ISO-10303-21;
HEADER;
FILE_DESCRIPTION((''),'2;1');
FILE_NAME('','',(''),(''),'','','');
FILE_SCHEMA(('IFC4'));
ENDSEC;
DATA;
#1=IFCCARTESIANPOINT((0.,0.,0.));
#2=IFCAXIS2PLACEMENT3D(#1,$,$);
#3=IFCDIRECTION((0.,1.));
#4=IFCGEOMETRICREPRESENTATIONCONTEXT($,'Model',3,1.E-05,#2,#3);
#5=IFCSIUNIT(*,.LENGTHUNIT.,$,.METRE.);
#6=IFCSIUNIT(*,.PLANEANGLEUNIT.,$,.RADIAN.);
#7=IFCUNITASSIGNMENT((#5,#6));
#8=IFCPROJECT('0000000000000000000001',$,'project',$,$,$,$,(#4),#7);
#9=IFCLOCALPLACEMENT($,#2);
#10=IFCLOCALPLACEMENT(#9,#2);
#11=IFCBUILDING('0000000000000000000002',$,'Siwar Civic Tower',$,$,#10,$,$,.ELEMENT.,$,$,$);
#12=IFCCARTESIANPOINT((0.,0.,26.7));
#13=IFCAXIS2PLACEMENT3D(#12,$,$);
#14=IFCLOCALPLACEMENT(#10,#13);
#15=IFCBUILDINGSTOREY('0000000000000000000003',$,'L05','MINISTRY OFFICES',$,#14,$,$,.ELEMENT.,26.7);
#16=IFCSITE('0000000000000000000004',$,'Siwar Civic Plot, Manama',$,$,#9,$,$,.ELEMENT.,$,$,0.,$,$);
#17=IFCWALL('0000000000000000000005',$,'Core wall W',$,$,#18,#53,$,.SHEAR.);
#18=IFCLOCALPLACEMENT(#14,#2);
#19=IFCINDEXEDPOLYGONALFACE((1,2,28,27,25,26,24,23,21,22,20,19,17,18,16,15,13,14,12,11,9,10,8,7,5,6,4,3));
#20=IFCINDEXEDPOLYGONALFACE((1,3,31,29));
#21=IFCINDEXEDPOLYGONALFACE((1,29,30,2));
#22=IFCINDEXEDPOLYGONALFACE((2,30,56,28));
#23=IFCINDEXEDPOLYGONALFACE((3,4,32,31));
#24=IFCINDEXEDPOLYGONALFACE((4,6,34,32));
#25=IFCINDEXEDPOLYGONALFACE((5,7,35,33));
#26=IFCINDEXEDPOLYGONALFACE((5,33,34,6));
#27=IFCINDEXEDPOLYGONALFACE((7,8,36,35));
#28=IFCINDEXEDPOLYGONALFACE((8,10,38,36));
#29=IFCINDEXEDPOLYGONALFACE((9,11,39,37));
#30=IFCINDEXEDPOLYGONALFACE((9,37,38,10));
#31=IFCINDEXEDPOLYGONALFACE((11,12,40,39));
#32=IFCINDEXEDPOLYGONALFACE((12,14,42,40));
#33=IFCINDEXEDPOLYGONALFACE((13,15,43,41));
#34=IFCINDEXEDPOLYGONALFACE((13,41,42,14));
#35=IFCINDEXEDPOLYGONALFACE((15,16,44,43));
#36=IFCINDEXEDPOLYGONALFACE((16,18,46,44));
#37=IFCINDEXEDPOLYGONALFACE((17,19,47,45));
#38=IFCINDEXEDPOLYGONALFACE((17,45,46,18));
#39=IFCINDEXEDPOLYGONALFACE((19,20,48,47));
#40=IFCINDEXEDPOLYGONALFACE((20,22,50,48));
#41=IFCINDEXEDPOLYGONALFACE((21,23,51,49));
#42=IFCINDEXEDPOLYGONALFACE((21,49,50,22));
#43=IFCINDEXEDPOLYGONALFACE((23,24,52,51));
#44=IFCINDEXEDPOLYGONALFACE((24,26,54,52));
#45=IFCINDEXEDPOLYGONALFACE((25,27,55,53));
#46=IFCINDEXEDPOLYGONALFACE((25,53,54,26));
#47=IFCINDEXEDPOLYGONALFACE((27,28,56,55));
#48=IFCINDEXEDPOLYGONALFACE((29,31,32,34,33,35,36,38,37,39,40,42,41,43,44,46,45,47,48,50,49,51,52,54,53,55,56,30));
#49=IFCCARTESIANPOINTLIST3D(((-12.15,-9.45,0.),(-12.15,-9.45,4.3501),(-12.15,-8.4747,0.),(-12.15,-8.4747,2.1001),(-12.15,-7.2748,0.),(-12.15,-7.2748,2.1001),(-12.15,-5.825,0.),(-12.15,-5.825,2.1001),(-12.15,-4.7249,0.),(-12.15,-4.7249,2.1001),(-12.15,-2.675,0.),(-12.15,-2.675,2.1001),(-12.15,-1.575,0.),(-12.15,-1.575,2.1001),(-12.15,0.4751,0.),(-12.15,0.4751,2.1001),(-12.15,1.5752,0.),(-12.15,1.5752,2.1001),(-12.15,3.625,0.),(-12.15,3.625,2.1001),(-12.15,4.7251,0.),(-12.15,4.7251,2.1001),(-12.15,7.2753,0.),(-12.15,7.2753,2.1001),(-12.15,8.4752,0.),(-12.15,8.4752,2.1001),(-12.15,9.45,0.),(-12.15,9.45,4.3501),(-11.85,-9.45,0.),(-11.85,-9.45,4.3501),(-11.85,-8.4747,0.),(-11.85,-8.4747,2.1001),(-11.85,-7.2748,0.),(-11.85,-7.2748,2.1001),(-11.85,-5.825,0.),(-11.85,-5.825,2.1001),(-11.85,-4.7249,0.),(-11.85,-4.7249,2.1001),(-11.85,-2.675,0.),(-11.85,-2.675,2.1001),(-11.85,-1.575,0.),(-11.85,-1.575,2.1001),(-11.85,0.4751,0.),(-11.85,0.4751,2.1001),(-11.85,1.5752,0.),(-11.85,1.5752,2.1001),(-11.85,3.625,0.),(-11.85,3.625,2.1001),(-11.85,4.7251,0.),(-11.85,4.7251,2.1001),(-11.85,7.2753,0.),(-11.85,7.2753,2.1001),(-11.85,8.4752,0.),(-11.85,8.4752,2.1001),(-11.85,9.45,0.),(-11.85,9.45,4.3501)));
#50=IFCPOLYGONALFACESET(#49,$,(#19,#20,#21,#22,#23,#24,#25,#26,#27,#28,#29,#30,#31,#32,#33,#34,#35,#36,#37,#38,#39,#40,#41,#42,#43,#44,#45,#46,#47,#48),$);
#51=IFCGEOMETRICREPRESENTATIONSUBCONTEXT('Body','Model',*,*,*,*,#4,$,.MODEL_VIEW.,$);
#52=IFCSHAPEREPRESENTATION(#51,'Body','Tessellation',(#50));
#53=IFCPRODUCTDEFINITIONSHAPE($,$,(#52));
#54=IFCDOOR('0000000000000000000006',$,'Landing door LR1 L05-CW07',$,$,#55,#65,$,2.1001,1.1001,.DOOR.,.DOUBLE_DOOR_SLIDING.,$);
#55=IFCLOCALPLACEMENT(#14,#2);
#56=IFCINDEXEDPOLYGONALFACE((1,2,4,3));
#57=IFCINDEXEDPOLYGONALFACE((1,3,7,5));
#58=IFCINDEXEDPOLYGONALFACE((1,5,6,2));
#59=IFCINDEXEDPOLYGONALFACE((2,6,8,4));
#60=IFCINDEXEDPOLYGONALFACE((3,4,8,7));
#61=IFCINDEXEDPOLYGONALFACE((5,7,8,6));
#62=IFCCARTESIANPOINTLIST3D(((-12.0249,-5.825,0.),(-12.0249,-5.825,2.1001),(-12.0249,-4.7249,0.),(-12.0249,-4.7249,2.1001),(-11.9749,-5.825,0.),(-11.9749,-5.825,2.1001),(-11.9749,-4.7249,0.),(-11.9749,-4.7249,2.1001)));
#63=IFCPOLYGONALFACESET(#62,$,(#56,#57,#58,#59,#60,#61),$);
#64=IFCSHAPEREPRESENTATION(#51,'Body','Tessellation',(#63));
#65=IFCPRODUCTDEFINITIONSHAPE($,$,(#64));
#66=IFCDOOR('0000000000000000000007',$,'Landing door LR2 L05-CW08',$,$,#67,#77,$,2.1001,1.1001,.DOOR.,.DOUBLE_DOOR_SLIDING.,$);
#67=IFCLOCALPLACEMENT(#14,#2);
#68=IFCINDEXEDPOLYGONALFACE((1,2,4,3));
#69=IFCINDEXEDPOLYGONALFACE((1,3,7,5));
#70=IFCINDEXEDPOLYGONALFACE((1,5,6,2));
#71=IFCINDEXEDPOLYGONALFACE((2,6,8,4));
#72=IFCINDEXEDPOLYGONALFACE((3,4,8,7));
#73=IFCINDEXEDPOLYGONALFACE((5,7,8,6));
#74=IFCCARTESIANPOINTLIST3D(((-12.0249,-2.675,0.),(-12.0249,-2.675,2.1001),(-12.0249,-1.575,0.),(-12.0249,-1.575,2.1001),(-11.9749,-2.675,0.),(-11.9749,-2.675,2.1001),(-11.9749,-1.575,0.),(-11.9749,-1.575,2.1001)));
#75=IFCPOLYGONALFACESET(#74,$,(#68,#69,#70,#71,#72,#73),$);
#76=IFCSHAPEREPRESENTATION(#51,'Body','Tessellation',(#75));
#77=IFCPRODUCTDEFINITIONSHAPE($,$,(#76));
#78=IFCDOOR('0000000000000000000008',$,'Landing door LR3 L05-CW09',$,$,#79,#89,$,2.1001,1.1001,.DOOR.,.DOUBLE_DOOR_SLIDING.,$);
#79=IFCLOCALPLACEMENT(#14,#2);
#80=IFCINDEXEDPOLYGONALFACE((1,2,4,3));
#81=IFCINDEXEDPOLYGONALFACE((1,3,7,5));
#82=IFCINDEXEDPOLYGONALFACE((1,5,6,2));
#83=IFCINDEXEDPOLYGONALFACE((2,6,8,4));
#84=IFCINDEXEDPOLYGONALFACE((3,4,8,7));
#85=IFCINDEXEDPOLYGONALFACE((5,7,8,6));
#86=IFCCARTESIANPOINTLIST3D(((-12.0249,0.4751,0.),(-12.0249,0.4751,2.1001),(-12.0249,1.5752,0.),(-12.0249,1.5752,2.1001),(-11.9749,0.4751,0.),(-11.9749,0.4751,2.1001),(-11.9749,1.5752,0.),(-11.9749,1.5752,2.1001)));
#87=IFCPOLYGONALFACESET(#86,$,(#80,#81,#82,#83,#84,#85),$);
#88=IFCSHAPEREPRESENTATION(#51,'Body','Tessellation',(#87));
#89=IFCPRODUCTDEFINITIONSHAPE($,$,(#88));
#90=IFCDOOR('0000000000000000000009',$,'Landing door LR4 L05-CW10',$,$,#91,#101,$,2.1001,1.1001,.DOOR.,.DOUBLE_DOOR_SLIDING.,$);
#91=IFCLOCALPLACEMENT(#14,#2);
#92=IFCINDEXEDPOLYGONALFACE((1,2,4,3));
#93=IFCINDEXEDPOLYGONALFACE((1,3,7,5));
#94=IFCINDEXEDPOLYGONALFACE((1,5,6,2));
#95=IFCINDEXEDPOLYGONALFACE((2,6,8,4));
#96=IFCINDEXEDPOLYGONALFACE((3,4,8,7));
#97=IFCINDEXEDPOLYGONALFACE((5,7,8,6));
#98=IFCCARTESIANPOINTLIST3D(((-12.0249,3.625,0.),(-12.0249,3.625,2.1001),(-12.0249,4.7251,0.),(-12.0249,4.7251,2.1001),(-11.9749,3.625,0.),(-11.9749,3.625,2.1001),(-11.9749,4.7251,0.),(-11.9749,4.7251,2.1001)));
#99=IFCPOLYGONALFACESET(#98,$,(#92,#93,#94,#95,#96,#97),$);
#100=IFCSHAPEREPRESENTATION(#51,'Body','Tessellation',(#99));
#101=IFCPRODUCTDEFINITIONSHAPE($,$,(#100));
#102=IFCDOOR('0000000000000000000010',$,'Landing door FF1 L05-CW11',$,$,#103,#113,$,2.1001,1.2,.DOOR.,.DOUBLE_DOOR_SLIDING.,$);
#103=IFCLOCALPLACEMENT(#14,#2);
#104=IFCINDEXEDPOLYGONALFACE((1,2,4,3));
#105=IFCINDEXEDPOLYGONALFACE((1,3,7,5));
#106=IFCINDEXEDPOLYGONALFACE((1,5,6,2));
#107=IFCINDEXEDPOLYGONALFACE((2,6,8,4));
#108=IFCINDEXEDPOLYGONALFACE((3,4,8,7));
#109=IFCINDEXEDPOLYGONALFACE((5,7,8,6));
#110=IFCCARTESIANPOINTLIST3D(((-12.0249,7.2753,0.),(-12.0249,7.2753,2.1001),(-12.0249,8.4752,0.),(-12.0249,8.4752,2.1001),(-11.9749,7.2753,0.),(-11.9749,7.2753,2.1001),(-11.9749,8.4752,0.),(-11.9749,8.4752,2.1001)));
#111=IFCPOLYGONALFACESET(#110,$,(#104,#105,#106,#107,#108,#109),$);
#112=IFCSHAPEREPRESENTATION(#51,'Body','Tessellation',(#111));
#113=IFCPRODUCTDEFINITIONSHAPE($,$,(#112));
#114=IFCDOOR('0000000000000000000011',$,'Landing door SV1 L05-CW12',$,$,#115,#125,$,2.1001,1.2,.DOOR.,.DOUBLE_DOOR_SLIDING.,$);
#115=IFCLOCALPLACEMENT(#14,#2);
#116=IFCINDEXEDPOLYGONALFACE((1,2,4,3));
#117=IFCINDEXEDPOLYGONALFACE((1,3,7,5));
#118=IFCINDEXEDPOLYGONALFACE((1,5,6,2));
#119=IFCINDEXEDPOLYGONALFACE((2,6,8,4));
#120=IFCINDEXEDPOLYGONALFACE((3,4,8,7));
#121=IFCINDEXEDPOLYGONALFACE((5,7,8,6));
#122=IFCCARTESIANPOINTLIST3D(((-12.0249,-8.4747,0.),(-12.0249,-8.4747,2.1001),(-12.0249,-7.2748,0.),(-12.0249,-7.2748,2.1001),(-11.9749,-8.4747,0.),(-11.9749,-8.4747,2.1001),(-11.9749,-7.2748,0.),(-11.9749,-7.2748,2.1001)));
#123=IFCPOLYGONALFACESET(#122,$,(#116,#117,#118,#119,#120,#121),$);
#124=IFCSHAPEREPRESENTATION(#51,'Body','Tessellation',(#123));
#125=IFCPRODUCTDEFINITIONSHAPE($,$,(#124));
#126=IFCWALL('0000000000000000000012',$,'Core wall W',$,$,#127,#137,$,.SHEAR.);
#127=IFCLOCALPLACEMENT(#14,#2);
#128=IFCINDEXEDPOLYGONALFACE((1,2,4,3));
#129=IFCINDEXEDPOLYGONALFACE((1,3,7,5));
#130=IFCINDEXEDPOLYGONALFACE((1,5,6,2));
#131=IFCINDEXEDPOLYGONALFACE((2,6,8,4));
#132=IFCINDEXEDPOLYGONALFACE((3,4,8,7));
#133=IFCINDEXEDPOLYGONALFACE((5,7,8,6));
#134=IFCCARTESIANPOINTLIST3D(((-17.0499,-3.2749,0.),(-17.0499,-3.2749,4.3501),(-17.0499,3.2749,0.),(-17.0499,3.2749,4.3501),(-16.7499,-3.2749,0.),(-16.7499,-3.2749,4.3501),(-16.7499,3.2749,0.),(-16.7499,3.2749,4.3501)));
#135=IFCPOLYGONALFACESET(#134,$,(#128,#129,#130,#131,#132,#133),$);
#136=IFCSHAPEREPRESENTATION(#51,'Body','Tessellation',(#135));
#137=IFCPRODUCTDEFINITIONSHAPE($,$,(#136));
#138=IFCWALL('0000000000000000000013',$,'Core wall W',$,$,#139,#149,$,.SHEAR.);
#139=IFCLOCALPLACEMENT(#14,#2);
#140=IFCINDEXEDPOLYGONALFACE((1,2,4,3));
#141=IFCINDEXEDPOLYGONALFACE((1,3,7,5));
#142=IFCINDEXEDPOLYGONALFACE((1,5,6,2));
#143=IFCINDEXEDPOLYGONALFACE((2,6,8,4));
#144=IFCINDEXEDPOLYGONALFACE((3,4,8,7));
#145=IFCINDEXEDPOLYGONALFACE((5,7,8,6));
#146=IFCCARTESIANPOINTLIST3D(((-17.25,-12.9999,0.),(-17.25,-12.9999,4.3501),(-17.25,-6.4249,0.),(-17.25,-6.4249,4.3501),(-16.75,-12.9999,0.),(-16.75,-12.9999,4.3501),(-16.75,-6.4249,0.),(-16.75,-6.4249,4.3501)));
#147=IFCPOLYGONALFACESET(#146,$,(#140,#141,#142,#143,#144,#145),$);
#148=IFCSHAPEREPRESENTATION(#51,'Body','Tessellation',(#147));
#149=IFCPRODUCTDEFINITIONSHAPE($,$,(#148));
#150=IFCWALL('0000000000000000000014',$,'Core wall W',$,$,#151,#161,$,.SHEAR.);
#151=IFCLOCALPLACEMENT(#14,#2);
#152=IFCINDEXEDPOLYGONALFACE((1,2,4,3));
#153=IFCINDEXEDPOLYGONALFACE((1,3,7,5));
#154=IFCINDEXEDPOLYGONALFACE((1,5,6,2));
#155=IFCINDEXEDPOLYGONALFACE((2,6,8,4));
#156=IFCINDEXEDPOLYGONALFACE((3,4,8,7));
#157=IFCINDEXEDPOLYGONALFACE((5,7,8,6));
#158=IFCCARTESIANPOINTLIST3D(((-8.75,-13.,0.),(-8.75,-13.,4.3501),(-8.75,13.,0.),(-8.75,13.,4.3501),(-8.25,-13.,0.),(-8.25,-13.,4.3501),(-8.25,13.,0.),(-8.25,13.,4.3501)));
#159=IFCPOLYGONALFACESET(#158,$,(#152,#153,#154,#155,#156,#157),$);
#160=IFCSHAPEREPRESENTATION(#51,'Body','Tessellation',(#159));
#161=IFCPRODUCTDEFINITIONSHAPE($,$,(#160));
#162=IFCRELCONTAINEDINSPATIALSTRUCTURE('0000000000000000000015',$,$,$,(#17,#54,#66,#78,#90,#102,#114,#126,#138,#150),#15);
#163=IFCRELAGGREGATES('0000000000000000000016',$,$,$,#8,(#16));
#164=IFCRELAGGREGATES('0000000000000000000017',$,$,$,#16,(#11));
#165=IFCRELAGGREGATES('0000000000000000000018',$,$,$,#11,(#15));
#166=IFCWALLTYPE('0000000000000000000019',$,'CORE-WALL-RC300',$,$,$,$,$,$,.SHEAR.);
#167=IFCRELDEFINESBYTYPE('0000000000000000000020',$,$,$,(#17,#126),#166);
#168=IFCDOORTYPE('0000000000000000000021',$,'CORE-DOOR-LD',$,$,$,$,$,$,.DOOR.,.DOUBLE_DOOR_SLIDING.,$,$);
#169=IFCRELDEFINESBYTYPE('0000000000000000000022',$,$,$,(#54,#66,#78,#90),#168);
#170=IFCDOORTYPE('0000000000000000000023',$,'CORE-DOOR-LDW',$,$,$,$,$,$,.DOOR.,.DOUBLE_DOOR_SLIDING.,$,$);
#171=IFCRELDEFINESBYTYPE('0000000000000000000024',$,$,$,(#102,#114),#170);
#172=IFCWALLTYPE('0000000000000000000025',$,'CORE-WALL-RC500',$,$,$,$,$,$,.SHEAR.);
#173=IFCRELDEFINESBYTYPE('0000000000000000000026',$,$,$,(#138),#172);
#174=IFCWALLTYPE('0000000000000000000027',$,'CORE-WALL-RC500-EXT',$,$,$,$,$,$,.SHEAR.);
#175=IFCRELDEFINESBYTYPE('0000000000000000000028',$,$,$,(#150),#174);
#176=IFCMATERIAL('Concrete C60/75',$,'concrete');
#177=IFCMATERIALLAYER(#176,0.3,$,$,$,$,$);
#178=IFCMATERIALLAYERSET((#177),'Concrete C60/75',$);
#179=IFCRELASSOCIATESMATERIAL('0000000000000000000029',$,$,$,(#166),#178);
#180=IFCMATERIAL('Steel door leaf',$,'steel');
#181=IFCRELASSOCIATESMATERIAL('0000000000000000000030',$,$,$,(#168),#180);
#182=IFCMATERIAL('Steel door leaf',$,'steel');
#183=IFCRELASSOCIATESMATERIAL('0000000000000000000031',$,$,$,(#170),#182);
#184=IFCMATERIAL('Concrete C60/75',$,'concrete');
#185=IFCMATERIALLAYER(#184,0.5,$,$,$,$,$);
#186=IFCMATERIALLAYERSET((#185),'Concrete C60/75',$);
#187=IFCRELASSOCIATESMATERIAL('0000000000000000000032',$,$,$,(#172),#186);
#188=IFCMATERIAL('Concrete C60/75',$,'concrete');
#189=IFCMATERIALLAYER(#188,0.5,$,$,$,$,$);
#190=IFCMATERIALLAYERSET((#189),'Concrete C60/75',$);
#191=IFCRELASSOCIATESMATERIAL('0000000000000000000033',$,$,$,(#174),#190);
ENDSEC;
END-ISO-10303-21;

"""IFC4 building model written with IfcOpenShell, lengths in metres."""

from ifc_helpers import new_model, si_unit, direction, frame, frame_2d, origin, place, context, subcontext, project, spatial, rectangle, extrude, material, layer, layer_set, type_object, element, fill, save


model = new_model("IFC4")

# Units and contexts
model_context = context("Model", 3, precision=1e-05, world=origin(), true_north=direction((0.0, 1.0)))
body_context = subcontext(model_context, "Body", "Model", "MODEL_VIEW")
ifc_project = project(units=[si_unit("LENGTHUNIT", "METRE"), si_unit("PLANEANGLEUNIT", "RADIAN")], contexts=[model_context])

# Site, building, storey
site_placement = place(None, origin())
site = spatial("IfcSite", under=ifc_project, at=site_placement, Name="Siwar Civic Plot, Manama", CompositionType="ELEMENT", RefElevation=0.0)
building_placement = place(site_placement, origin())
building = spatial("IfcBuilding", under=site, at=building_placement, Name="Siwar Civic Tower", CompositionType="ELEMENT")
storey_placement = place(building_placement, frame((0.0, 0.0, 26.7)))
storey = spatial("IfcBuildingStorey", under=building, at=storey_placement, Name="L05", Description="MINISTRY OFFICES", CompositionType="ELEMENT", Elevation=26.7)

# Wall, openings, doors
ifc_material_1 = material(Name="Concrete C60/75", Category="concrete")
ifc_layer_1 = layer(ifc_material_1, 0.3)
ifc_layer_set_1 = layer_set([ifc_layer_1], Name="Concrete C60/75")
wall_type_1 = type_object("IfcWallType", Name="CORE-WALL-RC300", PredefinedType="SHEAR", material=ifc_layer_set_1)
wall_1_placement = place(storey_placement, frame((-12.0, -9.45, 0.0), z_axis=(0.0, 0.0, 1.0), x_axis=(0.0, 1.0, 0.0)))
wall_1 = element("IfcWall", 1, at=wall_1_placement, inside=storey, type_object=wall_type_1, Name="Core wall W", PredefinedType="SHEAR", context=body_context, shape_type="SweptSolid", body=[
    extrude(rectangle(XDim=18.8999, YDim=0.3, at=frame_2d((9.45, 0.0))), origin(), (0.0, 0.0, 1.0), 4.3501),
])
opening_1_placement = place(wall_1_placement, frame((3.625, 0.0, 0.0)))
opening_1 = element("IfcOpeningElement", 2, at=opening_1_placement, cuts=wall_1, PredefinedType="OPENING", context=body_context, shape_type="SweptSolid", body=[
    extrude(rectangle(XDim=1.1001, YDim=2.1001, at=frame_2d((0.55, 1.05))), frame((0.0, 0.1602, 0.0), z_axis=(0.0, -1.0, 0.0), x_axis=(1.0, 0.0, 0.0)), (0.0, 0.0, 1.0), 0.3201),
])
opening_2_placement = place(wall_1_placement, frame((6.7749, 0.0, 0.0)))
opening_2 = element("IfcOpeningElement", 3, at=opening_2_placement, cuts=wall_1, PredefinedType="OPENING", context=body_context, shape_type="SweptSolid", body=[
    extrude(rectangle(XDim=1.1001, YDim=2.1001, at=frame_2d((0.55, 1.05))), frame((0.0, 0.1602, 0.0), z_axis=(0.0, -1.0, 0.0), x_axis=(1.0, 0.0, 0.0)), (0.0, 0.0, 1.0), 0.3201),
])
opening_3_placement = place(wall_1_placement, frame((9.925, 0.0, 0.0)))
opening_3 = element("IfcOpeningElement", 4, at=opening_3_placement, cuts=wall_1, PredefinedType="OPENING", context=body_context, shape_type="SweptSolid", body=[
    extrude(rectangle(XDim=1.1001, YDim=2.1001, at=frame_2d((0.55, 1.05))), frame((0.0, 0.1602, 0.0), z_axis=(0.0, -1.0, 0.0), x_axis=(1.0, 0.0, 0.0)), (0.0, 0.0, 1.0), 0.3201),
])
opening_4_placement = place(wall_1_placement, frame((13.075, 0.0, 0.0)))
opening_4 = element("IfcOpeningElement", 5, at=opening_4_placement, cuts=wall_1, PredefinedType="OPENING", context=body_context, shape_type="SweptSolid", body=[
    extrude(rectangle(XDim=1.1001, YDim=2.1001, at=frame_2d((0.55, 1.05))), frame((0.0, 0.1602, 0.0), z_axis=(0.0, -1.0, 0.0), x_axis=(1.0, 0.0, 0.0)), (0.0, 0.0, 1.0), 0.3201),
])
opening_5_placement = place(wall_1_placement, frame((16.7251, 0.0, 0.0)))
opening_5 = element("IfcOpeningElement", 6, at=opening_5_placement, cuts=wall_1, PredefinedType="OPENING", context=body_context, shape_type="SweptSolid", body=[
    extrude(rectangle(XDim=1.2, YDim=2.1001, at=frame_2d((0.6001, 1.05))), frame((0.0, 0.1602, 0.0), z_axis=(0.0, -1.0, 0.0), x_axis=(1.0, 0.0, 0.0)), (0.0, 0.0, 1.0), 0.3201),
])
opening_6_placement = place(wall_1_placement, frame((0.9751, 0.0, 0.0)))
opening_6 = element("IfcOpeningElement", 7, at=opening_6_placement, cuts=wall_1, PredefinedType="OPENING", context=body_context, shape_type="SweptSolid", body=[
    extrude(rectangle(XDim=1.2, YDim=2.1001, at=frame_2d((0.6001, 1.05))), frame((0.0, 0.1602, 0.0), z_axis=(0.0, -1.0, 0.0), x_axis=(1.0, 0.0, 0.0)), (0.0, 0.0, 1.0), 0.3201),
])
ifc_material_2 = material(Name="Steel door leaf", Category="steel")
door_type_1 = type_object("IfcDoorType", Name="CORE-DOOR-LD", OperationType="DOUBLE_DOOR_SLIDING", PredefinedType="DOOR", material=ifc_material_2)
door_1_placement = place(opening_1_placement, origin())
door_1 = element("IfcDoor", 8, at=door_1_placement, inside=storey, type_object=door_type_1, Name="Landing door LR1 L05-CW07", OperationType="DOUBLE_DOOR_SLIDING", OverallHeight=2.1001, OverallWidth=1.1001, PredefinedType="DOOR", context=body_context, shape_type="SweptSolid", body=[
    extrude(rectangle(XDim=1.1001, YDim=2.1001, at=frame_2d((0.55, 1.05))), frame((0.0, 0.0249, 0.0), z_axis=(0.0, -1.0, 0.0), x_axis=(1.0, 0.0, 0.0)), (0.0, 0.0, 1.0), 0.05),
])
fill(opening_1, door_1)
door_2_placement = place(opening_2_placement, origin())
door_2 = element("IfcDoor", 9, at=door_2_placement, inside=storey, type_object=door_type_1, Name="Landing door LR2 L05-CW08", OperationType="DOUBLE_DOOR_SLIDING", OverallHeight=2.1001, OverallWidth=1.1001, PredefinedType="DOOR", context=body_context, shape_type="SweptSolid", body=[
    extrude(rectangle(XDim=1.1001, YDim=2.1001, at=frame_2d((0.55, 1.05))), frame((0.0, 0.0249, 0.0), z_axis=(0.0, -1.0, 0.0), x_axis=(1.0, 0.0, 0.0)), (0.0, 0.0, 1.0), 0.05),
])
fill(opening_2, door_2)
door_3_placement = place(opening_3_placement, origin())
door_3 = element("IfcDoor", 10, at=door_3_placement, inside=storey, type_object=door_type_1, Name="Landing door LR3 L05-CW09", OperationType="DOUBLE_DOOR_SLIDING", OverallHeight=2.1001, OverallWidth=1.1001, PredefinedType="DOOR", context=body_context, shape_type="SweptSolid", body=[
    extrude(rectangle(XDim=1.1001, YDim=2.1001, at=frame_2d((0.55, 1.05))), frame((0.0, 0.0249, 0.0), z_axis=(0.0, -1.0, 0.0), x_axis=(1.0, 0.0, 0.0)), (0.0, 0.0, 1.0), 0.05),
])
fill(opening_3, door_3)
door_4_placement = place(opening_4_placement, origin())
door_4 = element("IfcDoor", 11, at=door_4_placement, inside=storey, type_object=door_type_1, Name="Landing door LR4 L05-CW10", OperationType="DOUBLE_DOOR_SLIDING", OverallHeight=2.1001, OverallWidth=1.1001, PredefinedType="DOOR", context=body_context, shape_type="SweptSolid", body=[
    extrude(rectangle(XDim=1.1001, YDim=2.1001, at=frame_2d((0.55, 1.05))), frame((0.0, 0.0249, 0.0), z_axis=(0.0, -1.0, 0.0), x_axis=(1.0, 0.0, 0.0)), (0.0, 0.0, 1.0), 0.05),
])
fill(opening_4, door_4)
ifc_material_3 = material(Name="Steel door leaf", Category="steel")
door_type_2 = type_object("IfcDoorType", Name="CORE-DOOR-LDW", OperationType="DOUBLE_DOOR_SLIDING", PredefinedType="DOOR", material=ifc_material_3)
door_5_placement = place(opening_5_placement, origin())
door_5 = element("IfcDoor", 12, at=door_5_placement, inside=storey, type_object=door_type_2, Name="Landing door FF1 L05-CW11", OperationType="DOUBLE_DOOR_SLIDING", OverallHeight=2.1001, OverallWidth=1.2, PredefinedType="DOOR", context=body_context, shape_type="SweptSolid", body=[
    extrude(rectangle(XDim=1.2, YDim=2.1001, at=frame_2d((0.6001, 1.05))), frame((0.0, 0.0249, 0.0), z_axis=(0.0, -1.0, 0.0), x_axis=(1.0, 0.0, 0.0)), (0.0, 0.0, 1.0), 0.05),
])
fill(opening_5, door_5)
door_6_placement = place(opening_6_placement, origin())
door_6 = element("IfcDoor", 13, at=door_6_placement, inside=storey, type_object=door_type_2, Name="Landing door SV1 L05-CW12", OperationType="DOUBLE_DOOR_SLIDING", OverallHeight=2.1001, OverallWidth=1.2, PredefinedType="DOOR", context=body_context, shape_type="SweptSolid", body=[
    extrude(rectangle(XDim=1.2, YDim=2.1001, at=frame_2d((0.6001, 1.05))), frame((0.0, 0.0249, 0.0), z_axis=(0.0, -1.0, 0.0), x_axis=(1.0, 0.0, 0.0)), (0.0, 0.0, 1.0), 0.05),
])
fill(opening_6, door_6)

# Walls
wall_2_placement = place(storey_placement, frame((-16.8999, -3.2749, 0.0), z_axis=(0.0, 0.0, 1.0), x_axis=(0.0, 1.0, 0.0)))
element("IfcWall", 14, at=wall_2_placement, inside=storey, type_object=wall_type_1, Name="Core wall W", PredefinedType="SHEAR", context=body_context, shape_type="SweptSolid", body=[
    extrude(rectangle(XDim=6.5498, YDim=0.3, at=frame_2d((3.2749, 0.0))), origin(), (0.0, 0.0, 1.0), 4.3501),
])
ifc_material_4 = material(Name="Concrete C60/75", Category="concrete")
ifc_layer_2 = layer(ifc_material_4, 0.5)
ifc_layer_set_2 = layer_set([ifc_layer_2], Name="Concrete C60/75")
wall_type_2 = type_object("IfcWallType", Name="CORE-WALL-RC500", PredefinedType="SHEAR", material=ifc_layer_set_2)
wall_3_placement = place(storey_placement, frame((-17.0, -13.0, 0.0), z_axis=(0.0, 0.0, 1.0), x_axis=(0.0, 1.0, 0.0)))
element("IfcWall", 15, at=wall_3_placement, inside=storey, type_object=wall_type_2, Name="Core wall W", PredefinedType="SHEAR", context=body_context, shape_type="SweptSolid", body=[
    extrude(rectangle(XDim=6.575, YDim=0.5, at=frame_2d((3.2876, 0.0))), origin(), (0.0, 0.0, 1.0), 4.3501),
])
ifc_material_5 = material(Name="Concrete C60/75", Category="concrete")
ifc_layer_3 = layer(ifc_material_5, 0.5)
ifc_layer_set_3 = layer_set([ifc_layer_3], Name="Concrete C60/75")
wall_type_3 = type_object("IfcWallType", Name="CORE-WALL-RC500-EXT", PredefinedType="SHEAR", material=ifc_layer_set_3)
wall_4_placement = place(storey_placement, frame((-8.5, -13.0, 0.0), z_axis=(0.0, 0.0, 1.0), x_axis=(0.0, 1.0, 0.0)))
element("IfcWall", 16, at=wall_4_placement, inside=storey, type_object=wall_type_3, Name="Core wall W", PredefinedType="SHEAR", context=body_context, shape_type="SweptSolid", body=[
    extrude(rectangle(XDim=26.0, YDim=0.5, at=frame_2d((13.0, 0.0))), origin(), (0.0, 0.0, 1.0), 4.3501),
])

save(model, "model.ifc")
